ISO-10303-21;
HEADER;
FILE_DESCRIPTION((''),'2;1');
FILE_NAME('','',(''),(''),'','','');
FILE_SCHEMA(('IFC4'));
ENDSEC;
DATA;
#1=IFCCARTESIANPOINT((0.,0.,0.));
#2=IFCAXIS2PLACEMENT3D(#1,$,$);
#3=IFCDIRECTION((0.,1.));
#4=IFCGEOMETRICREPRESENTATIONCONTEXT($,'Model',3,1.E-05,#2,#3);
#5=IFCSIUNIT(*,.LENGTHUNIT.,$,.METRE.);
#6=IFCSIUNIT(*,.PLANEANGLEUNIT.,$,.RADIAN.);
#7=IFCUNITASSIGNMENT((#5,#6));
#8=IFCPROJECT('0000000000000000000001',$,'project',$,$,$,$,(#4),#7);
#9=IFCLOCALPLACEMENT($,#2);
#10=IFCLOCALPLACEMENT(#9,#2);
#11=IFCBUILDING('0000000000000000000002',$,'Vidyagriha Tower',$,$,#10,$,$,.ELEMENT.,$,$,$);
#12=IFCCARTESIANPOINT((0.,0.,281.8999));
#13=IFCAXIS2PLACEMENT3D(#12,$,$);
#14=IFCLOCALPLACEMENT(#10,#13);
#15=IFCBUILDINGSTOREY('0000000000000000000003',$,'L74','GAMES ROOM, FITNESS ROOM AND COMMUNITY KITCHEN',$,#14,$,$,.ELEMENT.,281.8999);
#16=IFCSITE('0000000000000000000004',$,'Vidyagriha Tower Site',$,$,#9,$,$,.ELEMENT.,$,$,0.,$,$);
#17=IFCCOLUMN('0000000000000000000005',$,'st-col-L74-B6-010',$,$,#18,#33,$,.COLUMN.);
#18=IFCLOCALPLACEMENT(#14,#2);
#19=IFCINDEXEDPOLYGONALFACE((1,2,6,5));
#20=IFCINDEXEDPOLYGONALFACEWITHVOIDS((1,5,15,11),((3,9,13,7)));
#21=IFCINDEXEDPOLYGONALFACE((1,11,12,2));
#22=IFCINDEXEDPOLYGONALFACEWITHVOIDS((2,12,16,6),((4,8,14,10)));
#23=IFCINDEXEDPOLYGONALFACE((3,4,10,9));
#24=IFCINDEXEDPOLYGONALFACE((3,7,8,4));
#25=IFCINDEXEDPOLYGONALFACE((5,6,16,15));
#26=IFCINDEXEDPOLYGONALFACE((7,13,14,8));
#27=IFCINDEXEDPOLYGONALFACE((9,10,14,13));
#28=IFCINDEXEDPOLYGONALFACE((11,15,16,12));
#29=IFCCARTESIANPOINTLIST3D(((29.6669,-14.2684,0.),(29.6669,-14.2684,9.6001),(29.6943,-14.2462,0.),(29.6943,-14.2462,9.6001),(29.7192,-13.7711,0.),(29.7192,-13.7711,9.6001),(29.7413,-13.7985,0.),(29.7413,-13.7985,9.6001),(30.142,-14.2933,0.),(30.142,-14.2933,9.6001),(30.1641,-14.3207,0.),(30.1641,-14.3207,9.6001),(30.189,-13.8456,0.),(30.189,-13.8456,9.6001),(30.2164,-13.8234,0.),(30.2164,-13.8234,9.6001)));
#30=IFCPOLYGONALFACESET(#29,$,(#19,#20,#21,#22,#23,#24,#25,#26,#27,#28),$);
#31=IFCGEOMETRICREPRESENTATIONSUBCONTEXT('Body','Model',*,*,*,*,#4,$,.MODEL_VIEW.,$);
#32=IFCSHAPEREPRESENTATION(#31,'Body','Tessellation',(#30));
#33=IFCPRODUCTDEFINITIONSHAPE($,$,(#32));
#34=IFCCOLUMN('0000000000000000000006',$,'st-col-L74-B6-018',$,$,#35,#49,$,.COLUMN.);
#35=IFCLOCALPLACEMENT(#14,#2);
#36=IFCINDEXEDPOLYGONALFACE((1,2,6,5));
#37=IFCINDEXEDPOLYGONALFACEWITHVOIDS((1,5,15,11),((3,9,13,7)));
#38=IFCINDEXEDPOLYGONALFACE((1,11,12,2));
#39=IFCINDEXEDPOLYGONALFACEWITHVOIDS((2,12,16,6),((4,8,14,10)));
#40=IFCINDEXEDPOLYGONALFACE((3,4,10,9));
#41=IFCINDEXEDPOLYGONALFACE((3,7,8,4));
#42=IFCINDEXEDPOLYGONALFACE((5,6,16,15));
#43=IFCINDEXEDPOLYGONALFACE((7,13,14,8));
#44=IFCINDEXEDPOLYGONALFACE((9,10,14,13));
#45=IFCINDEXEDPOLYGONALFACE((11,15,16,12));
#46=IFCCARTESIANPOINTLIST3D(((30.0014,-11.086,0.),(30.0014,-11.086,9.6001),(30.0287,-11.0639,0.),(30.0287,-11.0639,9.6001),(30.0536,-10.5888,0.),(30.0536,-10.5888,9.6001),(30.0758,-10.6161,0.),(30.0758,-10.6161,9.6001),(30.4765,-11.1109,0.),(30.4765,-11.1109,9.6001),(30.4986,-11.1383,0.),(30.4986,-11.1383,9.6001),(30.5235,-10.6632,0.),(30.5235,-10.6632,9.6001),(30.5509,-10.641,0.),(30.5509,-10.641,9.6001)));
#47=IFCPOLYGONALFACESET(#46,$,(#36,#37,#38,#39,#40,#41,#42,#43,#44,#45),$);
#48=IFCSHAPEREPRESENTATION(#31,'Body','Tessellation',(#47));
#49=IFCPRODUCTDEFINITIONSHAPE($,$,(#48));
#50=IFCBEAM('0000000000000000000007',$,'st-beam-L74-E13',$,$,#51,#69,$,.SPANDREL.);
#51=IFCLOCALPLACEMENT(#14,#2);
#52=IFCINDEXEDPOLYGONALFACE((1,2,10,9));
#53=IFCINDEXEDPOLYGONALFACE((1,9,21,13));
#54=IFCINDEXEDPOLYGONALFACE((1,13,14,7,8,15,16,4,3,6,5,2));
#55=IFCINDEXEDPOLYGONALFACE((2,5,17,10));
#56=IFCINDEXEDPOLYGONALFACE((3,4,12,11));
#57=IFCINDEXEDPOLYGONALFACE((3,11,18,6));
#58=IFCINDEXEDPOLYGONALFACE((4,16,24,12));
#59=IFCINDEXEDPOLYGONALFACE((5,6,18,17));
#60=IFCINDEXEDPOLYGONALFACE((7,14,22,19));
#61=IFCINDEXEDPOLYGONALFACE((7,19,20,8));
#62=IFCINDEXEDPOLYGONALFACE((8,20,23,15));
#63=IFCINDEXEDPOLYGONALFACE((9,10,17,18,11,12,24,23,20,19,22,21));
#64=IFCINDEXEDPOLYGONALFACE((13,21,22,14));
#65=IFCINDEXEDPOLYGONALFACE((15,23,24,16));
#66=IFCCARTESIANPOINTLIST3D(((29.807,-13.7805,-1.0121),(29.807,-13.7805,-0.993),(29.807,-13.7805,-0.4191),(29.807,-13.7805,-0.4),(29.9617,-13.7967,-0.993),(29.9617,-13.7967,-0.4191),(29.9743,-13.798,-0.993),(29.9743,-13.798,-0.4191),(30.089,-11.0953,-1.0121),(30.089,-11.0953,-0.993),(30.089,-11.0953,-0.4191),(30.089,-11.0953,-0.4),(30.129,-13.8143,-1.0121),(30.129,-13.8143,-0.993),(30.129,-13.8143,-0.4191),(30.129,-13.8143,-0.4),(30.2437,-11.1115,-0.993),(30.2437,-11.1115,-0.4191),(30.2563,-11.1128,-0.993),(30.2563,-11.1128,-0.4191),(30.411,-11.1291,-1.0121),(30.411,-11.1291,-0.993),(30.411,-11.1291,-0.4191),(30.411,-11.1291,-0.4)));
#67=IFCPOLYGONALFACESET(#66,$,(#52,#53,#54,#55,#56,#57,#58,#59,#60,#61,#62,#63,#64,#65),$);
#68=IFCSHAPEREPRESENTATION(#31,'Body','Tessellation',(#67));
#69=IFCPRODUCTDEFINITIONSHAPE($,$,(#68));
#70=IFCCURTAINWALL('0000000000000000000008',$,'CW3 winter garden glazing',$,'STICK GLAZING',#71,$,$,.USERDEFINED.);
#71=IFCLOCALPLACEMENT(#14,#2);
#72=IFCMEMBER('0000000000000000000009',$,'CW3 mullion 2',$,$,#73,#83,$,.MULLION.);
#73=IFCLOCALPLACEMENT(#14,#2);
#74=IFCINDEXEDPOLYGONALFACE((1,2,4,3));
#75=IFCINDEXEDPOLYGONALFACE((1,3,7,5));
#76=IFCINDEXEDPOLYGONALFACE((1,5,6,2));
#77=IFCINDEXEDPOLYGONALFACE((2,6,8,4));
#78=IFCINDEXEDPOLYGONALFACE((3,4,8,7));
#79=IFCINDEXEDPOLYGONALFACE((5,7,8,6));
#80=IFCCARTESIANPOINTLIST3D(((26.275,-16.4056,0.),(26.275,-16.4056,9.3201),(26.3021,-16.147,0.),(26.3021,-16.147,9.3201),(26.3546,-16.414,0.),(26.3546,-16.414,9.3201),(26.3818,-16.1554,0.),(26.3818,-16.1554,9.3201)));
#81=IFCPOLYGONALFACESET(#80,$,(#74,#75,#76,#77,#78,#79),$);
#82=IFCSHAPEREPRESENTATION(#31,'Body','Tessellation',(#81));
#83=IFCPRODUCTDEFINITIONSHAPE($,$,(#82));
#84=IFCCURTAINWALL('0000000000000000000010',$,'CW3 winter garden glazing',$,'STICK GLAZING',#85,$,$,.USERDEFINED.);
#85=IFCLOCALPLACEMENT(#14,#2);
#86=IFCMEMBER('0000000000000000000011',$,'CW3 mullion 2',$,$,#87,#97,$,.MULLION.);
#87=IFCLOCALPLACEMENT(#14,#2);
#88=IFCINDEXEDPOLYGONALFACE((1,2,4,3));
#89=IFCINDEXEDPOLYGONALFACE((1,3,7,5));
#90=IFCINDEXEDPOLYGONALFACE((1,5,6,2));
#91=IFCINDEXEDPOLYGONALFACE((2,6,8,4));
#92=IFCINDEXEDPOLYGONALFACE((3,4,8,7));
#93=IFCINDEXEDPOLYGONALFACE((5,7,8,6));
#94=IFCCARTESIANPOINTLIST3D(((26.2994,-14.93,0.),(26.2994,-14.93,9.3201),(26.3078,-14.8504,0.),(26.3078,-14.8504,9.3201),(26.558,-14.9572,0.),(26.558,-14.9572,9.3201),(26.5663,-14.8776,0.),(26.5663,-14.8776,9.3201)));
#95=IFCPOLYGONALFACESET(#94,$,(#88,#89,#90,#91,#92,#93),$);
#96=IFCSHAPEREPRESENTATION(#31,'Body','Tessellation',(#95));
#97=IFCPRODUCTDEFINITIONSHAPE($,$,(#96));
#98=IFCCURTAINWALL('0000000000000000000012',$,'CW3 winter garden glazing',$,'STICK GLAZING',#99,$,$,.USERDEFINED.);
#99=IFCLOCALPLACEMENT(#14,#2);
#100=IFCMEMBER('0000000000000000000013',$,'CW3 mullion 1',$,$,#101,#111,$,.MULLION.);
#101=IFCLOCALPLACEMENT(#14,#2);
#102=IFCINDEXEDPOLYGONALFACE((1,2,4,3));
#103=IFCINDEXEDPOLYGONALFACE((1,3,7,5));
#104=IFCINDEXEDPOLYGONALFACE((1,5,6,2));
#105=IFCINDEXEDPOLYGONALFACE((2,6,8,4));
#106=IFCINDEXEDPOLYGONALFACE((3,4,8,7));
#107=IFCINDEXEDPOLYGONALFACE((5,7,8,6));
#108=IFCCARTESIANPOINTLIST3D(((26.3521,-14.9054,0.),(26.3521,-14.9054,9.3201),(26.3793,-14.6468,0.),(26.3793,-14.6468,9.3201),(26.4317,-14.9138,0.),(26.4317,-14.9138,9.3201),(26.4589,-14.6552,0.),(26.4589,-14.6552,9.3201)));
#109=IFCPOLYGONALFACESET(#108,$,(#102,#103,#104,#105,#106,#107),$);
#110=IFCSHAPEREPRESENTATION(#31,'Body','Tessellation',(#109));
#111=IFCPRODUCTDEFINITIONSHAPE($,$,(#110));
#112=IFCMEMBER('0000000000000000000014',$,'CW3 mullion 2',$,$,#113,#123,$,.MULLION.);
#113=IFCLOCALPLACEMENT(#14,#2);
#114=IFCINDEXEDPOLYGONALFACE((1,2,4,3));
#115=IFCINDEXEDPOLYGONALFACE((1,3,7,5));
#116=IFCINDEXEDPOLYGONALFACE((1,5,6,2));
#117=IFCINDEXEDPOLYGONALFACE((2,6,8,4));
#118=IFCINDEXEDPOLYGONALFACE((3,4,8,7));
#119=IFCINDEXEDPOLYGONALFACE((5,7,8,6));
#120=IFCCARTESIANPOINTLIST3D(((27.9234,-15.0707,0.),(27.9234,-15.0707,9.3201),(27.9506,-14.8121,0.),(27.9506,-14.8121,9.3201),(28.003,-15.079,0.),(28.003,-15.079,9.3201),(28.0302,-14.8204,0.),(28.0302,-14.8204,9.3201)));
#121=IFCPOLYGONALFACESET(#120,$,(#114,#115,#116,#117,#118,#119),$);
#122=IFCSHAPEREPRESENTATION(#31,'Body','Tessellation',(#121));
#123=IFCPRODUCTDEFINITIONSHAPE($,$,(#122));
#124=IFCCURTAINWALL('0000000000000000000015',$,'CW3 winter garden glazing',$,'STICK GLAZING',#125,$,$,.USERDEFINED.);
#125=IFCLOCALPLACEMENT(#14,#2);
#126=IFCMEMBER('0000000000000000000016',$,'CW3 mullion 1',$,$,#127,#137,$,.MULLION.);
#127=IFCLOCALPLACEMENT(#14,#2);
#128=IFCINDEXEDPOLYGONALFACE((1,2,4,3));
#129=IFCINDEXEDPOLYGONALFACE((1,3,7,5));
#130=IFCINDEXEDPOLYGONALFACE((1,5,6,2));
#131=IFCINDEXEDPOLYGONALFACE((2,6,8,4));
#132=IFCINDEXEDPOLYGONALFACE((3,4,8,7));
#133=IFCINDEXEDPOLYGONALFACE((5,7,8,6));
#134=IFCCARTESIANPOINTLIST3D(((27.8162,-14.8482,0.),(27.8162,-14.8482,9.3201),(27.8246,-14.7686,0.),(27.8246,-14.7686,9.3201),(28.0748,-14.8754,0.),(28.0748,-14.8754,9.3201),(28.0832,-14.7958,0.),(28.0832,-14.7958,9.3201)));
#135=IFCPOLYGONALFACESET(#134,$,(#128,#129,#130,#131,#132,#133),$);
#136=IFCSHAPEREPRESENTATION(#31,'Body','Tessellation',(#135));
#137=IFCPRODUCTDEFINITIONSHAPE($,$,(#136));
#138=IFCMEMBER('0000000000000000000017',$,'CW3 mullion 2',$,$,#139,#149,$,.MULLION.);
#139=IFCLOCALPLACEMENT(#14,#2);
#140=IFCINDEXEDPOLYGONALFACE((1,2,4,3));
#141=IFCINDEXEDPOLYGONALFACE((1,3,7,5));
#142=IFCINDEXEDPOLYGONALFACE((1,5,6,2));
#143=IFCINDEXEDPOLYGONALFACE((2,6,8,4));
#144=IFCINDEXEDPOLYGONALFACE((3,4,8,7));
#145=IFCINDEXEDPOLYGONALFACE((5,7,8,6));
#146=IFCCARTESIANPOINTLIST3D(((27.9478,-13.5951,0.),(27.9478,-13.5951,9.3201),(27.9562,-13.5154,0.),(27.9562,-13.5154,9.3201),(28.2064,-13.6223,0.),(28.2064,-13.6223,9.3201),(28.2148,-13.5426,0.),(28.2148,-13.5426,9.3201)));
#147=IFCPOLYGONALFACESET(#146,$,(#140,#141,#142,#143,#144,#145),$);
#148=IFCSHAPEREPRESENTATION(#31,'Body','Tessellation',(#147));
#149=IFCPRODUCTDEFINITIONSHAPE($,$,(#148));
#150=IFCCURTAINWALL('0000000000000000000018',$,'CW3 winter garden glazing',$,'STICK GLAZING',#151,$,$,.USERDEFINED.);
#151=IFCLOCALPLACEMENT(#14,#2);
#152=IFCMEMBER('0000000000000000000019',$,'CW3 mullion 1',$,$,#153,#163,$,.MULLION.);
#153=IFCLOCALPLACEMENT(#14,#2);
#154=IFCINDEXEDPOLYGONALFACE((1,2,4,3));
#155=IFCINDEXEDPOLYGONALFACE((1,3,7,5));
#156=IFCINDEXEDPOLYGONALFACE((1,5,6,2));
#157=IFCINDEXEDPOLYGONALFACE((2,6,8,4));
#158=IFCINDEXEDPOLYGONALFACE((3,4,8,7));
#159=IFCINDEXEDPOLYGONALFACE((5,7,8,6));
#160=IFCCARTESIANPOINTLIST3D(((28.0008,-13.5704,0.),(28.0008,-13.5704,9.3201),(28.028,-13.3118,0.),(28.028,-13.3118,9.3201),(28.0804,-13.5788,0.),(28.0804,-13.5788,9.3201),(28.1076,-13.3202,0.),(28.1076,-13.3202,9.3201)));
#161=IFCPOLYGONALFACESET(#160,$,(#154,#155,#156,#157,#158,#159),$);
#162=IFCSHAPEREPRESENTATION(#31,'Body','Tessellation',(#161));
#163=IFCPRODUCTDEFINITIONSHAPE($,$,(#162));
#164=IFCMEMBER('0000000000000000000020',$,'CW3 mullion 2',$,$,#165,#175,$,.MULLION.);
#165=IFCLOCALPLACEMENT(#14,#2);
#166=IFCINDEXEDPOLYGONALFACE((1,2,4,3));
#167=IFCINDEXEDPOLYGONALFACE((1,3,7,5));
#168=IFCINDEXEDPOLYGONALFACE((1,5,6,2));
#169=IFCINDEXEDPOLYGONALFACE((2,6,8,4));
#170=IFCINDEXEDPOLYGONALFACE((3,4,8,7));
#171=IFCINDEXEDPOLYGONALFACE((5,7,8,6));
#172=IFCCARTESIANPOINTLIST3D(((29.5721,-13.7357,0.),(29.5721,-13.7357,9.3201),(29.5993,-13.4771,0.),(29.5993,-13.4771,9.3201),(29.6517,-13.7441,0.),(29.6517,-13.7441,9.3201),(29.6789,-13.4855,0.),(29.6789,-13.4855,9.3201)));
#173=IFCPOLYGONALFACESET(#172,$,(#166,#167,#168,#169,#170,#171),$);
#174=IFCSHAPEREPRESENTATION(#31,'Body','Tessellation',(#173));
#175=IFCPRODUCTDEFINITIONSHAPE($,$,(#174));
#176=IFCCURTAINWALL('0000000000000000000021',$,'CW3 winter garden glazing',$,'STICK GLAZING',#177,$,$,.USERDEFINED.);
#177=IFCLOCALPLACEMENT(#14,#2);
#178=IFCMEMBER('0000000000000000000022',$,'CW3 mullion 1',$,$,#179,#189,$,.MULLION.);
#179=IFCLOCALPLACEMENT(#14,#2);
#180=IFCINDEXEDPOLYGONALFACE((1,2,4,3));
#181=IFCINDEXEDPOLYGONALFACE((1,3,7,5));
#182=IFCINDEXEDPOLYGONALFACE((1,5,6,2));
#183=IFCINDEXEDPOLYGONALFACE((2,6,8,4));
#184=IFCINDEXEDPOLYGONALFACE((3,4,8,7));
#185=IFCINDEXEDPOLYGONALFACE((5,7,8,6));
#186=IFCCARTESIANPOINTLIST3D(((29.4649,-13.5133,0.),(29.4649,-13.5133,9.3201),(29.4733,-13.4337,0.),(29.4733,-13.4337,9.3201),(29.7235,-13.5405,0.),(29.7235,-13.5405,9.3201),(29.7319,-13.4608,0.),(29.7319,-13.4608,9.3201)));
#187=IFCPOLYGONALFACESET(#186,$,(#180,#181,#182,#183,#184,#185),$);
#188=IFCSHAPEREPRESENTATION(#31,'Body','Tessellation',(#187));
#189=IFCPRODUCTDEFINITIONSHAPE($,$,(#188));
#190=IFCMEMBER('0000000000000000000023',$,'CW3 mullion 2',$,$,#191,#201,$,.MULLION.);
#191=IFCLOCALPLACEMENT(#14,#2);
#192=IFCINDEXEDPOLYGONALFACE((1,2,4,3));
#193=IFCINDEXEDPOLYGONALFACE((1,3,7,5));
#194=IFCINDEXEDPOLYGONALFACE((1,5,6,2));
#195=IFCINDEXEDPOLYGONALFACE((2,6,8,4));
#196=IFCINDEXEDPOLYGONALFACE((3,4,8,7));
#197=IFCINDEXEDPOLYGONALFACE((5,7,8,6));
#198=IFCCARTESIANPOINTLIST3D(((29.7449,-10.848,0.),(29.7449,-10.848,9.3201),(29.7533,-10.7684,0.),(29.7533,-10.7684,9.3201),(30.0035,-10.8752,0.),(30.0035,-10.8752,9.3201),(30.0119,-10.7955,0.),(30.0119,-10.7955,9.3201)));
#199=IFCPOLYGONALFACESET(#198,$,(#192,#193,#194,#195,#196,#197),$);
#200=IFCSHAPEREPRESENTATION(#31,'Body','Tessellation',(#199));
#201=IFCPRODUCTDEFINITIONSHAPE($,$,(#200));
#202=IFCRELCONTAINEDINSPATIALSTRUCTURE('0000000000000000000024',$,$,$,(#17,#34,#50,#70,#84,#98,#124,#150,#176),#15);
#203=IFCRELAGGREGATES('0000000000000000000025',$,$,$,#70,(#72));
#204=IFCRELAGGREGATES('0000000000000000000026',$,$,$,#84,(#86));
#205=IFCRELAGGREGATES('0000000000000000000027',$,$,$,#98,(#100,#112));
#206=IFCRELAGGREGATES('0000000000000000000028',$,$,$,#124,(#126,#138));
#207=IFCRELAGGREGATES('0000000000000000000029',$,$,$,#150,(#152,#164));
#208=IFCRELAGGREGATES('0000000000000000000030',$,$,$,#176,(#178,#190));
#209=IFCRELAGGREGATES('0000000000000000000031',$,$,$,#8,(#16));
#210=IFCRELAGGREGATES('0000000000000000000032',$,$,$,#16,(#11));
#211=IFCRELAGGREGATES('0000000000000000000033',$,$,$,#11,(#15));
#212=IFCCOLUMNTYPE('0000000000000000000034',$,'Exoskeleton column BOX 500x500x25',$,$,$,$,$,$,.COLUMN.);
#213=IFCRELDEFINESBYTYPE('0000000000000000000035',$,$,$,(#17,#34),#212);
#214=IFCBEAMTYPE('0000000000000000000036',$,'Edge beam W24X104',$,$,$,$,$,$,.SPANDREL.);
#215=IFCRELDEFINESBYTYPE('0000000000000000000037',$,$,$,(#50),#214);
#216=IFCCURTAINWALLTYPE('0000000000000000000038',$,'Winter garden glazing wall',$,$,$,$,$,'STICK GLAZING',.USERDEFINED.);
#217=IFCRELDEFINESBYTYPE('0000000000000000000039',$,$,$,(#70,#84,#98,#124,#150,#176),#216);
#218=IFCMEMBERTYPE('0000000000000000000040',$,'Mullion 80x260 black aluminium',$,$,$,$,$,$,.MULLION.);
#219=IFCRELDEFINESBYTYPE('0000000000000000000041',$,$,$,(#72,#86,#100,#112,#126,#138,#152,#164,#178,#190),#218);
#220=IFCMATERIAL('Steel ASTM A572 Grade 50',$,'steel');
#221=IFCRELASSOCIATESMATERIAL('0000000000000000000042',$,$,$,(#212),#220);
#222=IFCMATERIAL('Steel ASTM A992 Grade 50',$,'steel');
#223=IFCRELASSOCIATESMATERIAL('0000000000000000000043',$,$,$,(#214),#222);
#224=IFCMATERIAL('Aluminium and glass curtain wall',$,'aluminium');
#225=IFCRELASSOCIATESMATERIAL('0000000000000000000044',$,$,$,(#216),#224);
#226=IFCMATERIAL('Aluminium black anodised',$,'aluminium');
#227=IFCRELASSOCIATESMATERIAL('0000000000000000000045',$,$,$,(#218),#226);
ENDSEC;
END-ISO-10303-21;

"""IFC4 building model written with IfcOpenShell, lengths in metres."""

from ifc_helpers import new_model, si_unit, direction, frame, origin, origin_2d, place, context, subcontext, project, spatial, rectangle, hollow_rectangle, i_section, extrude, material, material_profile, profile_set, type_object, element, aggregate, save


model = new_model("IFC4")

# Units and contexts
model_context = context("Model", 3, precision=1e-05, world=origin(), true_north=direction((0.0, 1.0)))
body_context = subcontext(model_context, "Body", "Model", "MODEL_VIEW")
ifc_project = project(units=[si_unit("LENGTHUNIT", "METRE"), si_unit("PLANEANGLEUNIT", "RADIAN")], contexts=[model_context])

# Site, building, storey
site_placement = place(None, origin())
site = spatial("IfcSite", under=ifc_project, at=site_placement, Name="Vidyagriha Tower Site", CompositionType="ELEMENT", RefElevation=0.0)
building_placement = place(site_placement, origin())
building = spatial("IfcBuilding", under=site, at=building_placement, Name="Vidyagriha Tower", CompositionType="ELEMENT")
storey_placement = place(building_placement, frame((0.0, 0.0, 281.8999)))
storey = spatial("IfcBuildingStorey", under=building, at=storey_placement, Name="L74", Description="GAMES ROOM, FITNESS ROOM AND COMMUNITY KITCHEN", CompositionType="ELEMENT", Elevation=281.8999)

# Columns
ifc_material_1 = material(Name="Steel ASTM A572 Grade 50", Category="steel")
ifc_material_profile_1 = material_profile(ifc_material_1, hollow_rectangle(XDim=0.5, YDim=0.5, WallThickness=0.0249, at=origin_2d()), Name="BOX 500x500x25")
ifc_profile_set_1 = profile_set([ifc_material_profile_1], Name="Steel ASTM A572 Grade 50")
column_type = type_object("IfcColumnType", Name="Exoskeleton column BOX 500x500x25", PredefinedType="COLUMN", material=ifc_profile_set_1)
for number, where, z_axis, x_axis, name in (
    (1, (29.9417, -14.0459, 0.0), (0.0, 0.0, 1.0), (0.994522, -0.104528, 0.0), "st-col-L74-B6-010"),
    (2, (30.2761, -10.8635, 0.0), (0.0, 0.0, 1.0), (0.994522, -0.104528, 0.0), "st-col-L74-B6-018"),
):
    element("IfcColumn", number, at=place(storey_placement, frame(where, z_axis=z_axis, x_axis=x_axis)), inside=storey, type_object=column_type, Name=name, PredefinedType="COLUMN", context=body_context, shape_type="SweptSolid", body=[
        extrude(hollow_rectangle(XDim=0.5, YDim=0.5, WallThickness=0.0249, at=origin_2d()), origin(), (0.0, 0.0, 1.0), 9.6001),
    ])

# Beam
ifc_material_2 = material(Name="Steel ASTM A992 Grade 50", Category="steel")
ifc_material_profile_2 = material_profile(ifc_material_2, i_section(OverallWidth=0.3237, OverallDepth=0.6121, WebThickness=0.0127, FlangeThickness=0.019, at=origin_2d()), Name="W24X104")
ifc_profile_set_2 = profile_set([ifc_material_profile_2], Name="Steel ASTM A992 Grade 50")
beam_type = type_object("IfcBeamType", Name="Edge beam W24X104", PredefinedType="SPANDREL", material=ifc_profile_set_2)
beam_placement = place(storey_placement, frame((29.968, -13.7974, -0.7061), z_axis=(0.104435, 0.994532, 0.0), x_axis=(-0.994532, 0.104435, 0.0)))
element("IfcBeam", 3, at=beam_placement, inside=storey, type_object=beam_type, Name="st-beam-L74-E13", PredefinedType="SPANDREL", context=body_context, shape_type="SweptSolid", body=[
    extrude(i_section(OverallWidth=0.3237, OverallDepth=0.6121, WebThickness=0.0127, FlangeThickness=0.019, at=origin_2d()), origin(), (0.0, 0.0, 1.0), 2.7),
])

# Curtain walls, members
ifc_material_3 = material(Name="Aluminium and glass curtain wall", Category="aluminium")
curtain_wall_type = type_object("IfcCurtainWallType", Name="Winter garden glazing wall", ElementType="STICK GLAZING", PredefinedType="USERDEFINED", material=ifc_material_3)
curtain_wall_1_placement = place(storey_placement, origin())
curtain_wall_1 = element("IfcCurtainWall", 4, at=curtain_wall_1_placement, inside=storey, type_object=curtain_wall_type, Name="CW3 winter garden glazing", ObjectType="STICK GLAZING", PredefinedType="USERDEFINED")
ifc_material_4 = material(Name="Aluminium black anodised", Category="aluminium")
ifc_material_profile_3 = material_profile(ifc_material_4, rectangle(XDim=0.26, YDim=0.0801, at=origin_2d()), Name="Mullion 80x260 black aluminium")
ifc_profile_set_3 = profile_set([ifc_material_profile_3], Name="Aluminium black anodised")
member_type_1 = type_object("IfcMemberType", Name="Mullion 80x260 black aluminium", PredefinedType="MULLION", material=ifc_profile_set_3)
member_1_placement = place(storey_placement, frame((26.3284, -16.2805, 0.0), z_axis=(0.0, 0.0, 1.0), x_axis=(0.104519, 0.994523, 0.0)))
member_1 = element("IfcMember", 5, at=member_1_placement, type_object=member_type_1, Name="CW3 mullion 2", PredefinedType="MULLION", context=body_context, shape_type="SweptSolid", body=[
    extrude(rectangle(XDim=0.26, YDim=0.0801, at=origin_2d()), origin(), (0.0, 0.0, 1.0), 9.3201),
])
aggregate(curtain_wall_1, [member_1])
curtain_wall_2_placement = place(storey_placement, origin())
curtain_wall_2 = element("IfcCurtainWall", 6, at=curtain_wall_2_placement, inside=storey, type_object=curtain_wall_type, Name="CW3 winter garden glazing", ObjectType="STICK GLAZING", PredefinedType="USERDEFINED")
member_2_placement = place(storey_placement, frame((26.4329, -14.9038, 0.0), z_axis=(0.0, 0.0, 1.0), x_axis=(-0.99452, 0.104549, 0.0)))
member_2 = element("IfcMember", 7, at=member_2_placement, type_object=member_type_1, Name="CW3 mullion 2", PredefinedType="MULLION", context=body_context, shape_type="SweptSolid", body=[
    extrude(rectangle(XDim=0.26, YDim=0.0801, at=origin_2d()), origin(), (0.0, 0.0, 1.0), 9.3201),
])

# Curtain walls, members
curtain_wall_3_placement = place(storey_placement, origin())
curtain_wall_3 = element("IfcCurtainWall", 8, at=curtain_wall_3_placement, inside=storey, type_object=curtain_wall_type, Name="CW3 winter garden glazing", ObjectType="STICK GLAZING", PredefinedType="USERDEFINED")
member_3_placement = place(storey_placement, frame((26.4055, -14.7803, 0.0), z_axis=(0.0, 0.0, 1.0), x_axis=(0.104519, 0.994523, 0.0)))
member_3 = element("IfcMember", 9, at=member_3_placement, type_object=member_type_1, Name="CW3 mullion 1", PredefinedType="MULLION", context=body_context, shape_type="SweptSolid", body=[
    extrude(rectangle(XDim=0.26, YDim=0.0801, at=origin_2d()), origin(), (0.0, 0.0, 1.0), 9.3201),
])
member_4_placement = place(storey_placement, frame((27.9768, -14.9456, 0.0), z_axis=(0.0, 0.0, 1.0), x_axis=(0.104519, 0.994523, 0.0)))
member_4 = element("IfcMember", 10, at=member_4_placement, type_object=member_type_1, Name="CW3 mullion 2", PredefinedType="MULLION", context=body_context, shape_type="SweptSolid", body=[
    extrude(rectangle(XDim=0.26, YDim=0.0801, at=origin_2d()), origin(), (0.0, 0.0, 1.0), 9.3201),
])
curtain_wall_4_placement = place(storey_placement, origin())
curtain_wall_4 = element("IfcCurtainWall", 11, at=curtain_wall_4_placement, inside=storey, type_object=curtain_wall_type, Name="CW3 winter garden glazing", ObjectType="STICK GLAZING", PredefinedType="USERDEFINED")
member_5_placement = place(storey_placement, frame((27.9497, -14.822, 0.0), z_axis=(0.0, 0.0, 1.0), x_axis=(-0.99452, 0.104549, 0.0)))
member_5 = element("IfcMember", 12, at=member_5_placement, type_object=member_type_1, Name="CW3 mullion 1", PredefinedType="MULLION", context=body_context, shape_type="SweptSolid", body=[
    extrude(rectangle(XDim=0.26, YDim=0.0801, at=origin_2d()), origin(), (0.0, 0.0, 1.0), 9.3201),
])
member_6_placement = place(storey_placement, frame((28.0813, -13.5688, 0.0), z_axis=(0.0, 0.0, 1.0), x_axis=(-0.99452, 0.104549, 0.0)))
member_6 = element("IfcMember", 13, at=member_6_placement, type_object=member_type_1, Name="CW3 mullion 2", PredefinedType="MULLION", context=body_context, shape_type="SweptSolid", body=[
    extrude(rectangle(XDim=0.26, YDim=0.0801, at=origin_2d()), origin(), (0.0, 0.0, 1.0), 9.3201),
])
curtain_wall_5_placement = place(storey_placement, origin())
curtain_wall_5 = element("IfcCurtainWall", 14, at=curtain_wall_5_placement, inside=storey, type_object=curtain_wall_type, Name="CW3 winter garden glazing", ObjectType="STICK GLAZING", PredefinedType="USERDEFINED")
member_7_placement = place(storey_placement, frame((28.0542, -13.4453, 0.0), z_axis=(0.0, 0.0, 1.0), x_axis=(0.104512, 0.994524, 0.0)))
member_7 = element("IfcMember", 15, at=member_7_placement, type_object=member_type_1, Name="CW3 mullion 1", PredefinedType="MULLION", context=body_context, shape_type="SweptSolid", body=[
    extrude(rectangle(XDim=0.26, YDim=0.0801, at=origin_2d()), origin(), (0.0, 0.0, 1.0), 9.3201),
])
member_8_placement = place(storey_placement, frame((29.6255, -13.6106, 0.0), z_axis=(0.0, 0.0, 1.0), x_axis=(0.104512, 0.994524, 0.0)))
member_8 = element("IfcMember", 16, at=member_8_placement, type_object=member_type_1, Name="CW3 mullion 2", PredefinedType="MULLION", context=body_context, shape_type="SweptSolid", body=[
    extrude(rectangle(XDim=0.26, YDim=0.0801, at=origin_2d()), origin(), (0.0, 0.0, 1.0), 9.3201),
])
curtain_wall_6_placement = place(storey_placement, origin())
curtain_wall_6 = element("IfcCurtainWall", 17, at=curtain_wall_6_placement, inside=storey, type_object=curtain_wall_type, Name="CW3 winter garden glazing", ObjectType="STICK GLAZING", PredefinedType="USERDEFINED")
member_9_placement = place(storey_placement, frame((29.5984, -13.4871, 0.0), z_axis=(0.0, 0.0, 1.0), x_axis=(-0.994522, 0.104527, 0.0)))
member_9 = element("IfcMember", 18, at=member_9_placement, type_object=member_type_1, Name="CW3 mullion 1", PredefinedType="MULLION", context=body_context, shape_type="SweptSolid", body=[
    extrude(rectangle(XDim=0.26, YDim=0.0801, at=origin_2d()), origin(), (0.0, 0.0, 1.0), 9.3201),
])
member_10_placement = place(storey_placement, frame((29.8784, -10.8218, 0.0), z_axis=(0.0, 0.0, 1.0), x_axis=(-0.994522, 0.104527, 0.0)))
member_10 = element("IfcMember", 19, at=member_10_placement, type_object=member_type_1, Name="CW3 mullion 2", PredefinedType="MULLION", context=body_context, shape_type="SweptSolid", body=[
    extrude(rectangle(XDim=0.26, YDim=0.0801, at=origin_2d()), origin(), (0.0, 0.0, 1.0), 9.3201),
])

aggregate(curtain_wall_2, [member_2])
aggregate(curtain_wall_3, [member_3, member_4])
aggregate(curtain_wall_4, [member_5, member_6])
aggregate(curtain_wall_5, [member_7, member_8])
aggregate(curtain_wall_6, [member_9, member_10])

save(model, "model.ifc")
